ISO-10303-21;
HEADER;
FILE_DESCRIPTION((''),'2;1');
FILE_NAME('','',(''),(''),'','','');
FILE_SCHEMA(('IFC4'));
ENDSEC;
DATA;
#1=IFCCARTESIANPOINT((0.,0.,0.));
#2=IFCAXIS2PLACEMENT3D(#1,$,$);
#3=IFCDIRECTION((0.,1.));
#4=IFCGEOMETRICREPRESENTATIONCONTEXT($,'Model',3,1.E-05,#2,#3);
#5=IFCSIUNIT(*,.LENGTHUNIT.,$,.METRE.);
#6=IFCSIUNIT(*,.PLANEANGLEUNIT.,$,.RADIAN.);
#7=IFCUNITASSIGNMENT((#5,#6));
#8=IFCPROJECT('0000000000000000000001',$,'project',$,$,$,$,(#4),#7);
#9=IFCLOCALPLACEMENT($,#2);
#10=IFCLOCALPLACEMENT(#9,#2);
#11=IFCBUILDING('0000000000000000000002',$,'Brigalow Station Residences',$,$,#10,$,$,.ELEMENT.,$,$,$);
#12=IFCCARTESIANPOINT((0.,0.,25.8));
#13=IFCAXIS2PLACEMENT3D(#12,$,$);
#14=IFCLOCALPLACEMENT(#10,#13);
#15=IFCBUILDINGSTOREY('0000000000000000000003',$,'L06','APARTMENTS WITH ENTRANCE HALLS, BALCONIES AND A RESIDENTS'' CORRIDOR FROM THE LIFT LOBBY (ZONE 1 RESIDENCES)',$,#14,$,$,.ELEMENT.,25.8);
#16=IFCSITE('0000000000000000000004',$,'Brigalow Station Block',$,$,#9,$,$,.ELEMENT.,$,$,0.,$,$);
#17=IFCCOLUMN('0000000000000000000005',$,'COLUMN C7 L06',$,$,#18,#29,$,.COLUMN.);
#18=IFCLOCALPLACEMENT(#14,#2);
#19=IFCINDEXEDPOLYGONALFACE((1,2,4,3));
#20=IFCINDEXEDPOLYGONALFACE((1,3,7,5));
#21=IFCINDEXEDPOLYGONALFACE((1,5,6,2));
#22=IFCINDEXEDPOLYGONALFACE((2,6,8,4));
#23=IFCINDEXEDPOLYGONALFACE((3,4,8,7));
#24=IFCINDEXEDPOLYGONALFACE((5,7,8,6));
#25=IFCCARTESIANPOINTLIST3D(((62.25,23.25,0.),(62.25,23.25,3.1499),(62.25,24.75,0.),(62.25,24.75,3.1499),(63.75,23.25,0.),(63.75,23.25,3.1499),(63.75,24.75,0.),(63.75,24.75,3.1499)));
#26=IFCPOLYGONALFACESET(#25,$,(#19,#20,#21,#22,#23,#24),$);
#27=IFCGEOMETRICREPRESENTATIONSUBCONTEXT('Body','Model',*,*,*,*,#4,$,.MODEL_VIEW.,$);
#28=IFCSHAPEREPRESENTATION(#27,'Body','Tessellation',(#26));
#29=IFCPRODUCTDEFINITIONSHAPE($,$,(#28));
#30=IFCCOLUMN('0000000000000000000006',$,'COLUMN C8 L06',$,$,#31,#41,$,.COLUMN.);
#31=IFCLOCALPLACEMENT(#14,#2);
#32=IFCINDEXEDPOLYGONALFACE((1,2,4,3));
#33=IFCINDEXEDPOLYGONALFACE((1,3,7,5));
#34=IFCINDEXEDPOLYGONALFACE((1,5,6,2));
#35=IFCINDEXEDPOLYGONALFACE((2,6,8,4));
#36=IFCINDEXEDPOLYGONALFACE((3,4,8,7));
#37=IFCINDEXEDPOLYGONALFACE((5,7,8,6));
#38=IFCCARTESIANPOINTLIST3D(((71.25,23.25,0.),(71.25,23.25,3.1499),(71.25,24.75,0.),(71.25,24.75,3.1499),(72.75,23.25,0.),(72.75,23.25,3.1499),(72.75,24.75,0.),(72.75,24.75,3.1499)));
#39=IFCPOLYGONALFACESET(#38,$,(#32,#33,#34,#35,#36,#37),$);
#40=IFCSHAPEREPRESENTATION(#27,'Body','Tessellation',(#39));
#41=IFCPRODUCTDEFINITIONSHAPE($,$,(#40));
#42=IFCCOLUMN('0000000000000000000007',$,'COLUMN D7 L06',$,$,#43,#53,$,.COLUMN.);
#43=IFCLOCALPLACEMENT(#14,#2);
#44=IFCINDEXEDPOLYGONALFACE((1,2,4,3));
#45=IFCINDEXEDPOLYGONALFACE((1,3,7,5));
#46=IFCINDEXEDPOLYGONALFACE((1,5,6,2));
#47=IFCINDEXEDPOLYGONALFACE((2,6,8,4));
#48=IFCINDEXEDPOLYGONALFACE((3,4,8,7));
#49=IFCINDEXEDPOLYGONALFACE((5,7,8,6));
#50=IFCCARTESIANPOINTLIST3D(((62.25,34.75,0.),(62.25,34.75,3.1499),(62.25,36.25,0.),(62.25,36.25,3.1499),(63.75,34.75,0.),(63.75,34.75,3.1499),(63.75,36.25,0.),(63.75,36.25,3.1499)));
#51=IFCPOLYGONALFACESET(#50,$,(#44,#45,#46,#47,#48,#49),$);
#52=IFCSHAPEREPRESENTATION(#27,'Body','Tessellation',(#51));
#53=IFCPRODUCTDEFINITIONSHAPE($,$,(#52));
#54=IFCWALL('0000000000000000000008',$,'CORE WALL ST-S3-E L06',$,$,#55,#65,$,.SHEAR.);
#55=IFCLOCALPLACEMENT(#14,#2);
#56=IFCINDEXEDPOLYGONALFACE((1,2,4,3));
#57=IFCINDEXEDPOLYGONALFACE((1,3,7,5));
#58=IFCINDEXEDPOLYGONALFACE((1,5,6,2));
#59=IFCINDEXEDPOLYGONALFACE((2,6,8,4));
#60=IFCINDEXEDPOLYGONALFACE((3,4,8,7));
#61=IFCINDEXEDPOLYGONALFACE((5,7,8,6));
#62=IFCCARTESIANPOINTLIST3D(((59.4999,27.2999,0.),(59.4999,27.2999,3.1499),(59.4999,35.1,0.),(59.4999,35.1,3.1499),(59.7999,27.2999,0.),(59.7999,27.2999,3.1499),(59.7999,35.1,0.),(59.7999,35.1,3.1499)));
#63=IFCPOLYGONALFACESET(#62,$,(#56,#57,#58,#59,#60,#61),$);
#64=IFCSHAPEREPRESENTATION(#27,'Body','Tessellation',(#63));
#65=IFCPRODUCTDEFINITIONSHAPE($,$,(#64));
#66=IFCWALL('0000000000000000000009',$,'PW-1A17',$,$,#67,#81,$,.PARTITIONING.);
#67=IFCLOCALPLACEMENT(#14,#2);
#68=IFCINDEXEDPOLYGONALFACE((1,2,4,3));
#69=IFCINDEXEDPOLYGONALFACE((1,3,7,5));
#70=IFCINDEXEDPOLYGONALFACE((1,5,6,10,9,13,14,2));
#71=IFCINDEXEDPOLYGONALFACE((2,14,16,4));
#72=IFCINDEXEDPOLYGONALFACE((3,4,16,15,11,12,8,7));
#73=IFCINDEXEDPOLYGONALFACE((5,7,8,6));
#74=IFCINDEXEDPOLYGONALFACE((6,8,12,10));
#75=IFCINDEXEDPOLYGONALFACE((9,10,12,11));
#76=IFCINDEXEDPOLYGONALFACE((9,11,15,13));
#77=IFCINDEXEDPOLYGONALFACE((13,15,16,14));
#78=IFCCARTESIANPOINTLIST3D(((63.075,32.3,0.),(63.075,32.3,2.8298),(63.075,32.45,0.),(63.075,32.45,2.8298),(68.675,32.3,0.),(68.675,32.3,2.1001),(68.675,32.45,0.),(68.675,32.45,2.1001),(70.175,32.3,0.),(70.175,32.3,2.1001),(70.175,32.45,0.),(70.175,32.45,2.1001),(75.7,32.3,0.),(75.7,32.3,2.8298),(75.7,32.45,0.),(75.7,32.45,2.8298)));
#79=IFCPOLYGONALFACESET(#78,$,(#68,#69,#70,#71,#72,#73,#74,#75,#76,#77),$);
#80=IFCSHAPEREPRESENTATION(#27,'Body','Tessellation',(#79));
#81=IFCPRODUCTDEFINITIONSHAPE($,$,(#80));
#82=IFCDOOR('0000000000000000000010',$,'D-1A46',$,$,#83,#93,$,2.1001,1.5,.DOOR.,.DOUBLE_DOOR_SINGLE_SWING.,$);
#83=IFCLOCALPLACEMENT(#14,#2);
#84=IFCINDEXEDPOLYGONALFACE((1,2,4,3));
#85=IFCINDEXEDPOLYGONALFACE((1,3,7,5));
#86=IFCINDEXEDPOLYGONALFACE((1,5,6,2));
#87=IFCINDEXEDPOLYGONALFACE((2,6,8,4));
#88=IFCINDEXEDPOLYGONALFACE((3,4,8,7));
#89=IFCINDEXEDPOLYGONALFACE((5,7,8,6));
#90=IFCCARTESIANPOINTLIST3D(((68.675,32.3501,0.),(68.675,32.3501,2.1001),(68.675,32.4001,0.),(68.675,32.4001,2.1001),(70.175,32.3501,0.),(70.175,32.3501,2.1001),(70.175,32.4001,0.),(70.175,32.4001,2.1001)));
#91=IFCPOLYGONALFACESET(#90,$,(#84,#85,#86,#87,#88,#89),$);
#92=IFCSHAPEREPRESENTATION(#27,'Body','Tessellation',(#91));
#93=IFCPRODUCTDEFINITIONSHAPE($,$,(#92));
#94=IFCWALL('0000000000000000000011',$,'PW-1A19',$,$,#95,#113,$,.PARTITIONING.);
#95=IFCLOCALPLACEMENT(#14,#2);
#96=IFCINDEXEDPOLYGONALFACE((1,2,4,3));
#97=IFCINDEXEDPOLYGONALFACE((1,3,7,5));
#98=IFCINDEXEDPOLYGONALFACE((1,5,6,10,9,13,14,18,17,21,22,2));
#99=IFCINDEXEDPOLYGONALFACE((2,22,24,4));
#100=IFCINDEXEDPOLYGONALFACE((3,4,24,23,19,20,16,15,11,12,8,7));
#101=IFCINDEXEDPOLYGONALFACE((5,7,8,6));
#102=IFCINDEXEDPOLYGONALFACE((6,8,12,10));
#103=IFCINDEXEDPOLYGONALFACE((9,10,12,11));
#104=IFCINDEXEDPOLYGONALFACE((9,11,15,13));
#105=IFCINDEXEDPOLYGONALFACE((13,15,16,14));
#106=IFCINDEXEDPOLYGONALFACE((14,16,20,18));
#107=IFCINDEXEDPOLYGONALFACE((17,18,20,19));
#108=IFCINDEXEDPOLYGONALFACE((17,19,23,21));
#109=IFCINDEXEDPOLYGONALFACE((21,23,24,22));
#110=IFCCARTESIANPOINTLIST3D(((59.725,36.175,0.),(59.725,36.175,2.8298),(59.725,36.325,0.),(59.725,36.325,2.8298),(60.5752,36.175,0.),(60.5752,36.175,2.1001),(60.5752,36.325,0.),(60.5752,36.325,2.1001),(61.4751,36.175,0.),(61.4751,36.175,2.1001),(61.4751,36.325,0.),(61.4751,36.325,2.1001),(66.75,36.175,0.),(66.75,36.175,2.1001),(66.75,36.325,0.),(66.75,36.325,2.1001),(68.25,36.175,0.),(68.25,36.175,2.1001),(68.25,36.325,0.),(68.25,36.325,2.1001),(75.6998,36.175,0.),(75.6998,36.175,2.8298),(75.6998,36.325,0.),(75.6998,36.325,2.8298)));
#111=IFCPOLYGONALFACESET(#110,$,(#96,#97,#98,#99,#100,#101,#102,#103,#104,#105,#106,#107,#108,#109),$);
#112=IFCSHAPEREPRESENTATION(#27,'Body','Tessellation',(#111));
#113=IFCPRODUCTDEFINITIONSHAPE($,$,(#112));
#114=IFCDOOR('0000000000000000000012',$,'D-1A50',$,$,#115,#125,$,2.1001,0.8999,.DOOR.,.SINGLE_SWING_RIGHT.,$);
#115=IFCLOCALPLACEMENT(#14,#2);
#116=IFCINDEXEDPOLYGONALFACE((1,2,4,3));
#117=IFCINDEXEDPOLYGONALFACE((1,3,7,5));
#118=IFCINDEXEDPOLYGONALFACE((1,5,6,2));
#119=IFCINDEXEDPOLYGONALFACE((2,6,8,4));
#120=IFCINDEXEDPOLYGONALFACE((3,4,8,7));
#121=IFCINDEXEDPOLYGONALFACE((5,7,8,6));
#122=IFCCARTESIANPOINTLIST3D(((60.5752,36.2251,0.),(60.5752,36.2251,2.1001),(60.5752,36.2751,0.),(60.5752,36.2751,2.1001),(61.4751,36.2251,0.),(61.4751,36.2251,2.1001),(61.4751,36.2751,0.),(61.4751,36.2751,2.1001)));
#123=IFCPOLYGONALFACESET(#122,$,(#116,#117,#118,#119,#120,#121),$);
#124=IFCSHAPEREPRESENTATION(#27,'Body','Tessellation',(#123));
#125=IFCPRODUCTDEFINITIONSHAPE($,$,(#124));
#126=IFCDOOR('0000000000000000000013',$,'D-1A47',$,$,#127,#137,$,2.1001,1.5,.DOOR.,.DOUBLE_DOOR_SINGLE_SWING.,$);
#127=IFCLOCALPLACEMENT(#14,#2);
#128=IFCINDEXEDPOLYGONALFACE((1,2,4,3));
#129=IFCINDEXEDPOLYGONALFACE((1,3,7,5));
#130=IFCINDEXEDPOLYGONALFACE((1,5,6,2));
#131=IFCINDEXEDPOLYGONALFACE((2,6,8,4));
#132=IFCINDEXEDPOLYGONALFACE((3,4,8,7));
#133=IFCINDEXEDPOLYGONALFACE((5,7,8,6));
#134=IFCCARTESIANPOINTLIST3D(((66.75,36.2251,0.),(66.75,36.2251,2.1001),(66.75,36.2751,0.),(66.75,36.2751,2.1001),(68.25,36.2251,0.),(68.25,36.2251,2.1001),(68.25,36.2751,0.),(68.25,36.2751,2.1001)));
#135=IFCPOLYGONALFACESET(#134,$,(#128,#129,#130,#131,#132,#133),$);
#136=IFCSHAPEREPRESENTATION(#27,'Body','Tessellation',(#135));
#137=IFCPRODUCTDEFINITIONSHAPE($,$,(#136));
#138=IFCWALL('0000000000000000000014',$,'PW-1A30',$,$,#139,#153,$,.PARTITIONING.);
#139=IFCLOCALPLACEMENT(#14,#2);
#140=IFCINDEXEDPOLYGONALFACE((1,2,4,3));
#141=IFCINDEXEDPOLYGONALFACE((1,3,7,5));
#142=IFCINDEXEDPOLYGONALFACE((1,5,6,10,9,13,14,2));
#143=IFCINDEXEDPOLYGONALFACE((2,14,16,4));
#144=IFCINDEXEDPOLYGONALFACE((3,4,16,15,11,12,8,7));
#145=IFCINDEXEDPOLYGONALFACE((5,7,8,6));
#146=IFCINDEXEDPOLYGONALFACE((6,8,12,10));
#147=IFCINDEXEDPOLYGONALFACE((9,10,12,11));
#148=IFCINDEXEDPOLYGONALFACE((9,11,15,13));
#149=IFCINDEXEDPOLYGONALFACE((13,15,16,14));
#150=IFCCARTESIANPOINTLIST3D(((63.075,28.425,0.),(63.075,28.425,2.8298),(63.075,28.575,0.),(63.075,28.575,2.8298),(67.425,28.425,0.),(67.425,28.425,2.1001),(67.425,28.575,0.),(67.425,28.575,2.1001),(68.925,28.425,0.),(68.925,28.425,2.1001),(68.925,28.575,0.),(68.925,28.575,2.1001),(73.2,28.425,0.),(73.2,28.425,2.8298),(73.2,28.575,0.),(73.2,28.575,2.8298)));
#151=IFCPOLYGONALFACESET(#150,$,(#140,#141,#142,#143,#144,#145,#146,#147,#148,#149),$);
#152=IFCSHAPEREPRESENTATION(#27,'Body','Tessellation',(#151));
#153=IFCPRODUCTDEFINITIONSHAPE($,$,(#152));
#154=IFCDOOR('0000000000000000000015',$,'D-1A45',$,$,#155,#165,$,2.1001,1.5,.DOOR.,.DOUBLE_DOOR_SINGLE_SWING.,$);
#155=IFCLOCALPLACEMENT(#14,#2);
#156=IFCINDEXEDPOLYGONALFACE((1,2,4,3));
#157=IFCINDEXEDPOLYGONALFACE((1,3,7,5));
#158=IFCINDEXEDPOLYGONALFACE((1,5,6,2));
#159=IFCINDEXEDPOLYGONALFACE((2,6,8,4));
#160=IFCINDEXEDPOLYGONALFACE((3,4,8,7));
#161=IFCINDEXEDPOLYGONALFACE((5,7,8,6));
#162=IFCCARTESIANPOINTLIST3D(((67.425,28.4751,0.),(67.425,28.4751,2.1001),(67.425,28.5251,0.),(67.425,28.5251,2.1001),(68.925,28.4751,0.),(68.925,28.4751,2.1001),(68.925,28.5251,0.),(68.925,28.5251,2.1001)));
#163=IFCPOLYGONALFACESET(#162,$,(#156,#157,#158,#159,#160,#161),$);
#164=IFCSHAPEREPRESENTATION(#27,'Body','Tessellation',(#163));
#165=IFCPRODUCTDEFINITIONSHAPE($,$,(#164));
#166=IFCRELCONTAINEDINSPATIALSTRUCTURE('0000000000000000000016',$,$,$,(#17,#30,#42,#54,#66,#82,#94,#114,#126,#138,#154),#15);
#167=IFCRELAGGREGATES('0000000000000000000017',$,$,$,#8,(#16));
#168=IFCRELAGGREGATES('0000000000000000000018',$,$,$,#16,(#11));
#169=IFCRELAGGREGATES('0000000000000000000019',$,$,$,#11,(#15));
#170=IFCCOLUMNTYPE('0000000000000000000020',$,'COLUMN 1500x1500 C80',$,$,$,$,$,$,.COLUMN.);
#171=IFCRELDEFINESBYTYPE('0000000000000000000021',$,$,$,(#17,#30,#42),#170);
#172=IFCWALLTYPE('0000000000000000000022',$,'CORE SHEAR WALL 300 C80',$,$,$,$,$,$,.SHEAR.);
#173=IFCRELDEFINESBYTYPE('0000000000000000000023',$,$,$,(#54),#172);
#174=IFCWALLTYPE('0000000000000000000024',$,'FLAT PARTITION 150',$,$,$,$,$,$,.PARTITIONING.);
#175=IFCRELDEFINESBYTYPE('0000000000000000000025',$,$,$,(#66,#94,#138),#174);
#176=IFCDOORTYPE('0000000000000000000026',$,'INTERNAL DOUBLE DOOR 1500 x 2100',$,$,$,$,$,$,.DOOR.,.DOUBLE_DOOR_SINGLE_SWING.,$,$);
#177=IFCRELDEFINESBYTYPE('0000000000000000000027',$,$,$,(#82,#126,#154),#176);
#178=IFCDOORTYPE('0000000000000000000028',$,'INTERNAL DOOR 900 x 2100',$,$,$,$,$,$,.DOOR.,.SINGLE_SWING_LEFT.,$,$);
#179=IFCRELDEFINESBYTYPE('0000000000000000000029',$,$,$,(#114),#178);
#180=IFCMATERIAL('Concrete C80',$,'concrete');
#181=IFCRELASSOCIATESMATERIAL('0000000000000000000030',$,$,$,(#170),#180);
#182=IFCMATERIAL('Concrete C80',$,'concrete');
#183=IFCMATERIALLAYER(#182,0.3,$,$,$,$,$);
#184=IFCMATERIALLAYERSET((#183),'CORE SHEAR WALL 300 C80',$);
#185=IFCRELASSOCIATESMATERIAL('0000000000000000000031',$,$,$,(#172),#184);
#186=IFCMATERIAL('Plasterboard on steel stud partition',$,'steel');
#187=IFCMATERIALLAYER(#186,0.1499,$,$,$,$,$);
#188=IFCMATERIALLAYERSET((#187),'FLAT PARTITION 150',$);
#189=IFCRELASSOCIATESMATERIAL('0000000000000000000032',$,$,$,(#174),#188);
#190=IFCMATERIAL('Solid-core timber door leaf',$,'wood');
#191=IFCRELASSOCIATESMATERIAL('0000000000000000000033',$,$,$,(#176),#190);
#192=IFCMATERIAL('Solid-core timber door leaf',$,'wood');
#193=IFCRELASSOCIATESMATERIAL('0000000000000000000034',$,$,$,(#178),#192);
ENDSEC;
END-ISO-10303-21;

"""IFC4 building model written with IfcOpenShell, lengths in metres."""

from ifc_helpers import new_model, si_unit, direction, frame, frame_2d, origin, origin_2d, place, context, subcontext, project, spatial, rectangle, extrude, material, layer, layer_set, material_profile, profile_set, type_object, element, fill, save


model = new_model("IFC4")

# Units and contexts
model_context = context("Model", 3, precision=1e-05, world=origin(), true_north=direction((0.0, 1.0)))
body_context = subcontext(model_context, "Body", "Model", "MODEL_VIEW")
ifc_project = project(units=[si_unit("LENGTHUNIT", "METRE"), si_unit("PLANEANGLEUNIT", "RADIAN")], contexts=[model_context])

# Site, building, storey
site_placement = place(None, origin())
site = spatial("IfcSite", under=ifc_project, at=site_placement, Name="Brigalow Station Block", CompositionType="ELEMENT", RefElevation=0.0)
building_placement = place(site_placement, origin())
building = spatial("IfcBuilding", under=site, at=building_placement, Name="Brigalow Station Residences", CompositionType="ELEMENT")
storey_placement = place(building_placement, frame((0.0, 0.0, 25.8)))
storey = spatial("IfcBuildingStorey", under=building, at=storey_placement, Name="L06", Description="APARTMENTS WITH ENTRANCE HALLS, BALCONIES AND A RESIDENTS' CORRIDOR FROM THE LIFT LOBBY (ZONE 1 RESIDENCES)", CompositionType="ELEMENT", Elevation=25.8)

# Columns
ifc_material_1 = material(Name="Concrete C80", Category="concrete")
ifc_material_profile = material_profile(ifc_material_1, rectangle(XDim=1.5, YDim=1.5, at=origin_2d()), Name="RC1500x1500")
ifc_profile_set = profile_set([ifc_material_profile], Name="Concrete C80")
column_type = type_object("IfcColumnType", Name="COLUMN 1500x1500 C80", PredefinedType="COLUMN", material=ifc_profile_set)
for number, where, z_axis, x_axis, name in (
    (1, (63.0, 24.0, 0.0), (0.0, 0.0, 1.0), (1.0, 0.0, 0.0), "COLUMN C7 L06"),
    (2, (72.0, 24.0, 0.0), (0.0, 0.0, 1.0), (1.0, 0.0, 0.0), "COLUMN C8 L06"),
    (3, (63.0, 35.5, 0.0), (0.0, 0.0, 1.0), (1.0, 0.0, 0.0), "COLUMN D7 L06"),
):
    element("IfcColumn", number, at=place(storey_placement, frame(where, z_axis=z_axis, x_axis=x_axis)), inside=storey, type_object=column_type, Name=name, PredefinedType="COLUMN", context=body_context, shape_type="SweptSolid", body=[
        extrude(rectangle(XDim=1.5, YDim=1.5, at=origin_2d()), origin(), (0.0, 0.0, 1.0), 3.1499),
    ])

# Wall
ifc_material_2 = material(Name="Concrete C80", Category="concrete")
ifc_layer_1 = layer(ifc_material_2, 0.3)
ifc_layer_set_1 = layer_set([ifc_layer_1], Name="CORE SHEAR WALL 300 C80")
wall_type_1 = type_object("IfcWallType", Name="CORE SHEAR WALL 300 C80", PredefinedType="SHEAR", material=ifc_layer_set_1)
wall_1_placement = place(storey_placement, frame((59.6499, 27.3, 0.0), z_axis=(0.0, 0.0, 1.0), x_axis=(0.0, 1.0, 0.0)))
element("IfcWall", 4, at=wall_1_placement, inside=storey, type_object=wall_type_1, Name="CORE WALL ST-S3-E L06", PredefinedType="SHEAR", context=body_context, shape_type="SweptSolid", body=[
    extrude(rectangle(XDim=7.8, YDim=0.3, at=frame_2d((3.8999, 0.0))), origin(), (0.0, 0.0, 1.0), 3.1499),
])

# Wall, opening, door
ifc_material_3 = material(Name="Plasterboard on steel stud partition", Category="steel")
ifc_layer_2 = layer(ifc_material_3, 0.1499)
ifc_layer_set_2 = layer_set([ifc_layer_2], Name="FLAT PARTITION 150")
wall_type_2 = type_object("IfcWallType", Name="FLAT PARTITION 150", PredefinedType="PARTITIONING", material=ifc_layer_set_2)
wall_2_placement = place(storey_placement, frame((63.075, 32.375, 0.0), z_axis=(0.0, 0.0, 1.0), x_axis=(1.0, 0.0, 0.0)))
wall_2 = element("IfcWall", 5, at=wall_2_placement, inside=storey, type_object=wall_type_2, Name="PW-1A17", PredefinedType="PARTITIONING", context=body_context, shape_type="SweptSolid", body=[
    extrude(rectangle(XDim=12.625, YDim=0.1499, at=frame_2d((6.3125, 0.0))), origin(), (0.0, 0.0, 1.0), 2.8298),
])
opening_1_placement = place(wall_2_placement, frame((5.6001, 0.0, 0.0)))
opening_1 = element("IfcOpeningElement", 6, at=opening_1_placement, cuts=wall_2, PredefinedType="OPENING", context=body_context, shape_type="SweptSolid", body=[
    extrude(rectangle(XDim=1.5, YDim=2.1001, at=frame_2d((0.75, 1.05))), frame((0.0, 0.085, 0.0), z_axis=(0.0, -1.0, 0.0), x_axis=(1.0, 0.0, 0.0)), (0.0, 0.0, 1.0), 0.1699),
])
ifc_material_4 = material(Name="Solid-core timber door leaf", Category="wood")
door_type_1 = type_object("IfcDoorType", Name="INTERNAL DOUBLE DOOR 1500 x 2100", OperationType="DOUBLE_DOOR_SINGLE_SWING", PredefinedType="DOOR", material=ifc_material_4)
door_1_placement = place(opening_1_placement, frame((1.5, 0.0, 0.0), z_axis=(0.0, 0.0, 1.0), x_axis=(-1.0, 0.0, 0.0)))
door_1 = element("IfcDoor", 7, at=door_1_placement, inside=storey, type_object=door_type_1, Name="D-1A46", OperationType="DOUBLE_DOOR_SINGLE_SWING", OverallHeight=2.1001, OverallWidth=1.5, PredefinedType="DOOR", context=body_context, shape_type="SweptSolid", body=[
    extrude(rectangle(XDim=1.5, YDim=2.1001, at=frame_2d((0.75, 1.05))), frame((0.0, 0.0249, 0.0), z_axis=(0.0, -1.0, 0.0), x_axis=(1.0, 0.0, 0.0)), (0.0, 0.0, 1.0), 0.05),
])
fill(opening_1, door_1)

# Wall, openings, doors
wall_3_placement = place(storey_placement, frame((59.7251, 36.25, 0.0), z_axis=(0.0, 0.0, 1.0), x_axis=(1.0, 0.0, 0.0)))
wall_3 = element("IfcWall", 8, at=wall_3_placement, inside=storey, type_object=wall_type_2, Name="PW-1A19", PredefinedType="PARTITIONING", context=body_context, shape_type="SweptSolid", body=[
    extrude(rectangle(XDim=15.9749, YDim=0.1499, at=frame_2d((7.9873, 0.0))), origin(), (0.0, 0.0, 1.0), 2.8298),
])
opening_2_placement = place(wall_3_placement, frame((7.0249, 0.0, 0.0)))
opening_2 = element("IfcOpeningElement", 9, at=opening_2_placement, cuts=wall_3, PredefinedType="OPENING", context=body_context, shape_type="SweptSolid", body=[
    extrude(rectangle(XDim=1.5, YDim=2.1001, at=frame_2d((0.75, 1.05))), frame((0.0, 0.085, 0.0), z_axis=(0.0, -1.0, 0.0), x_axis=(1.0, 0.0, 0.0)), (0.0, 0.0, 1.0), 0.1699),
])
opening_3_placement = place(wall_3_placement, frame((0.8501, 0.0, 0.0)))
opening_3 = element("IfcOpeningElement", 10, at=opening_3_placement, cuts=wall_3, PredefinedType="OPENING", context=body_context, shape_type="SweptSolid", body=[
    extrude(rectangle(XDim=0.8999, YDim=2.1001, at=frame_2d((0.45, 1.05))), frame((0.0, 0.085, 0.0), z_axis=(0.0, -1.0, 0.0), x_axis=(1.0, 0.0, 0.0)), (0.0, 0.0, 1.0), 0.1699),
])
ifc_material_5 = material(Name="Solid-core timber door leaf", Category="wood")
door_type_2 = type_object("IfcDoorType", Name="INTERNAL DOOR 900 x 2100", OperationType="SINGLE_SWING_LEFT", PredefinedType="DOOR", material=ifc_material_5)
door_2_placement = place(opening_3_placement, frame((0.8999, 0.0, 0.0), z_axis=(0.0, 0.0, 1.0), x_axis=(-1.0, 0.0, 0.0)))
door_2 = element("IfcDoor", 11, at=door_2_placement, inside=storey, type_object=door_type_2, Name="D-1A50", OperationType="SINGLE_SWING_RIGHT", OverallHeight=2.1001, OverallWidth=0.8999, PredefinedType="DOOR", context=body_context, shape_type="SweptSolid", body=[
    extrude(rectangle(XDim=0.8999, YDim=2.1001, at=frame_2d((0.45, 1.05))), frame((0.0, 0.0249, 0.0), z_axis=(0.0, -1.0, 0.0), x_axis=(1.0, 0.0, 0.0)), (0.0, 0.0, 1.0), 0.05),
])
fill(opening_3, door_2)
door_3_placement = place(opening_2_placement, frame((1.5, 0.0, 0.0), z_axis=(0.0, 0.0, 1.0), x_axis=(-1.0, 0.0, 0.0)))
door_3 = element("IfcDoor", 12, at=door_3_placement, inside=storey, type_object=door_type_1, Name="D-1A47", OperationType="DOUBLE_DOOR_SINGLE_SWING", OverallHeight=2.1001, OverallWidth=1.5, PredefinedType="DOOR", context=body_context, shape_type="SweptSolid", body=[
    extrude(rectangle(XDim=1.5, YDim=2.1001, at=frame_2d((0.75, 1.05))), frame((0.0, 0.0249, 0.0), z_axis=(0.0, -1.0, 0.0), x_axis=(1.0, 0.0, 0.0)), (0.0, 0.0, 1.0), 0.05),
])
fill(opening_2, door_3)

# Wall, opening, door
wall_4_placement = place(storey_placement, frame((63.075, 28.5, 0.0), z_axis=(0.0, 0.0, 1.0), x_axis=(1.0, 0.0, 0.0)))
wall_4 = element("IfcWall", 13, at=wall_4_placement, inside=storey, type_object=wall_type_2, Name="PW-1A30", PredefinedType="PARTITIONING", context=body_context, shape_type="SweptSolid", body=[
    extrude(rectangle(XDim=10.125, YDim=0.1499, at=frame_2d((5.0625, 0.0))), origin(), (0.0, 0.0, 1.0), 2.8298),
])
opening_4_placement = place(wall_4_placement, frame((4.3501, 0.0, 0.0)))
opening_4 = element("IfcOpeningElement", 14, at=opening_4_placement, cuts=wall_4, PredefinedType="OPENING", context=body_context, shape_type="SweptSolid", body=[
    extrude(rectangle(XDim=1.5, YDim=2.1001, at=frame_2d((0.75, 1.05))), frame((0.0, 0.085, 0.0), z_axis=(0.0, -1.0, 0.0), x_axis=(1.0, 0.0, 0.0)), (0.0, 0.0, 1.0), 0.1699),
])
door_4_placement = place(opening_4_placement, frame((1.5, 0.0, 0.0), z_axis=(0.0, 0.0, 1.0), x_axis=(-1.0, 0.0, 0.0)))
door_4 = element("IfcDoor", 15, at=door_4_placement, inside=storey, type_object=door_type_1, Name="D-1A45", OperationType="DOUBLE_DOOR_SINGLE_SWING", OverallHeight=2.1001, OverallWidth=1.5, PredefinedType="DOOR", context=body_context, shape_type="SweptSolid", body=[
    extrude(rectangle(XDim=1.5, YDim=2.1001, at=frame_2d((0.75, 1.05))), frame((0.0, 0.0249, 0.0), z_axis=(0.0, -1.0, 0.0), x_axis=(1.0, 0.0, 0.0)), (0.0, 0.0, 1.0), 0.05),
])
fill(opening_4, door_4)

save(model, "model.ifc")
